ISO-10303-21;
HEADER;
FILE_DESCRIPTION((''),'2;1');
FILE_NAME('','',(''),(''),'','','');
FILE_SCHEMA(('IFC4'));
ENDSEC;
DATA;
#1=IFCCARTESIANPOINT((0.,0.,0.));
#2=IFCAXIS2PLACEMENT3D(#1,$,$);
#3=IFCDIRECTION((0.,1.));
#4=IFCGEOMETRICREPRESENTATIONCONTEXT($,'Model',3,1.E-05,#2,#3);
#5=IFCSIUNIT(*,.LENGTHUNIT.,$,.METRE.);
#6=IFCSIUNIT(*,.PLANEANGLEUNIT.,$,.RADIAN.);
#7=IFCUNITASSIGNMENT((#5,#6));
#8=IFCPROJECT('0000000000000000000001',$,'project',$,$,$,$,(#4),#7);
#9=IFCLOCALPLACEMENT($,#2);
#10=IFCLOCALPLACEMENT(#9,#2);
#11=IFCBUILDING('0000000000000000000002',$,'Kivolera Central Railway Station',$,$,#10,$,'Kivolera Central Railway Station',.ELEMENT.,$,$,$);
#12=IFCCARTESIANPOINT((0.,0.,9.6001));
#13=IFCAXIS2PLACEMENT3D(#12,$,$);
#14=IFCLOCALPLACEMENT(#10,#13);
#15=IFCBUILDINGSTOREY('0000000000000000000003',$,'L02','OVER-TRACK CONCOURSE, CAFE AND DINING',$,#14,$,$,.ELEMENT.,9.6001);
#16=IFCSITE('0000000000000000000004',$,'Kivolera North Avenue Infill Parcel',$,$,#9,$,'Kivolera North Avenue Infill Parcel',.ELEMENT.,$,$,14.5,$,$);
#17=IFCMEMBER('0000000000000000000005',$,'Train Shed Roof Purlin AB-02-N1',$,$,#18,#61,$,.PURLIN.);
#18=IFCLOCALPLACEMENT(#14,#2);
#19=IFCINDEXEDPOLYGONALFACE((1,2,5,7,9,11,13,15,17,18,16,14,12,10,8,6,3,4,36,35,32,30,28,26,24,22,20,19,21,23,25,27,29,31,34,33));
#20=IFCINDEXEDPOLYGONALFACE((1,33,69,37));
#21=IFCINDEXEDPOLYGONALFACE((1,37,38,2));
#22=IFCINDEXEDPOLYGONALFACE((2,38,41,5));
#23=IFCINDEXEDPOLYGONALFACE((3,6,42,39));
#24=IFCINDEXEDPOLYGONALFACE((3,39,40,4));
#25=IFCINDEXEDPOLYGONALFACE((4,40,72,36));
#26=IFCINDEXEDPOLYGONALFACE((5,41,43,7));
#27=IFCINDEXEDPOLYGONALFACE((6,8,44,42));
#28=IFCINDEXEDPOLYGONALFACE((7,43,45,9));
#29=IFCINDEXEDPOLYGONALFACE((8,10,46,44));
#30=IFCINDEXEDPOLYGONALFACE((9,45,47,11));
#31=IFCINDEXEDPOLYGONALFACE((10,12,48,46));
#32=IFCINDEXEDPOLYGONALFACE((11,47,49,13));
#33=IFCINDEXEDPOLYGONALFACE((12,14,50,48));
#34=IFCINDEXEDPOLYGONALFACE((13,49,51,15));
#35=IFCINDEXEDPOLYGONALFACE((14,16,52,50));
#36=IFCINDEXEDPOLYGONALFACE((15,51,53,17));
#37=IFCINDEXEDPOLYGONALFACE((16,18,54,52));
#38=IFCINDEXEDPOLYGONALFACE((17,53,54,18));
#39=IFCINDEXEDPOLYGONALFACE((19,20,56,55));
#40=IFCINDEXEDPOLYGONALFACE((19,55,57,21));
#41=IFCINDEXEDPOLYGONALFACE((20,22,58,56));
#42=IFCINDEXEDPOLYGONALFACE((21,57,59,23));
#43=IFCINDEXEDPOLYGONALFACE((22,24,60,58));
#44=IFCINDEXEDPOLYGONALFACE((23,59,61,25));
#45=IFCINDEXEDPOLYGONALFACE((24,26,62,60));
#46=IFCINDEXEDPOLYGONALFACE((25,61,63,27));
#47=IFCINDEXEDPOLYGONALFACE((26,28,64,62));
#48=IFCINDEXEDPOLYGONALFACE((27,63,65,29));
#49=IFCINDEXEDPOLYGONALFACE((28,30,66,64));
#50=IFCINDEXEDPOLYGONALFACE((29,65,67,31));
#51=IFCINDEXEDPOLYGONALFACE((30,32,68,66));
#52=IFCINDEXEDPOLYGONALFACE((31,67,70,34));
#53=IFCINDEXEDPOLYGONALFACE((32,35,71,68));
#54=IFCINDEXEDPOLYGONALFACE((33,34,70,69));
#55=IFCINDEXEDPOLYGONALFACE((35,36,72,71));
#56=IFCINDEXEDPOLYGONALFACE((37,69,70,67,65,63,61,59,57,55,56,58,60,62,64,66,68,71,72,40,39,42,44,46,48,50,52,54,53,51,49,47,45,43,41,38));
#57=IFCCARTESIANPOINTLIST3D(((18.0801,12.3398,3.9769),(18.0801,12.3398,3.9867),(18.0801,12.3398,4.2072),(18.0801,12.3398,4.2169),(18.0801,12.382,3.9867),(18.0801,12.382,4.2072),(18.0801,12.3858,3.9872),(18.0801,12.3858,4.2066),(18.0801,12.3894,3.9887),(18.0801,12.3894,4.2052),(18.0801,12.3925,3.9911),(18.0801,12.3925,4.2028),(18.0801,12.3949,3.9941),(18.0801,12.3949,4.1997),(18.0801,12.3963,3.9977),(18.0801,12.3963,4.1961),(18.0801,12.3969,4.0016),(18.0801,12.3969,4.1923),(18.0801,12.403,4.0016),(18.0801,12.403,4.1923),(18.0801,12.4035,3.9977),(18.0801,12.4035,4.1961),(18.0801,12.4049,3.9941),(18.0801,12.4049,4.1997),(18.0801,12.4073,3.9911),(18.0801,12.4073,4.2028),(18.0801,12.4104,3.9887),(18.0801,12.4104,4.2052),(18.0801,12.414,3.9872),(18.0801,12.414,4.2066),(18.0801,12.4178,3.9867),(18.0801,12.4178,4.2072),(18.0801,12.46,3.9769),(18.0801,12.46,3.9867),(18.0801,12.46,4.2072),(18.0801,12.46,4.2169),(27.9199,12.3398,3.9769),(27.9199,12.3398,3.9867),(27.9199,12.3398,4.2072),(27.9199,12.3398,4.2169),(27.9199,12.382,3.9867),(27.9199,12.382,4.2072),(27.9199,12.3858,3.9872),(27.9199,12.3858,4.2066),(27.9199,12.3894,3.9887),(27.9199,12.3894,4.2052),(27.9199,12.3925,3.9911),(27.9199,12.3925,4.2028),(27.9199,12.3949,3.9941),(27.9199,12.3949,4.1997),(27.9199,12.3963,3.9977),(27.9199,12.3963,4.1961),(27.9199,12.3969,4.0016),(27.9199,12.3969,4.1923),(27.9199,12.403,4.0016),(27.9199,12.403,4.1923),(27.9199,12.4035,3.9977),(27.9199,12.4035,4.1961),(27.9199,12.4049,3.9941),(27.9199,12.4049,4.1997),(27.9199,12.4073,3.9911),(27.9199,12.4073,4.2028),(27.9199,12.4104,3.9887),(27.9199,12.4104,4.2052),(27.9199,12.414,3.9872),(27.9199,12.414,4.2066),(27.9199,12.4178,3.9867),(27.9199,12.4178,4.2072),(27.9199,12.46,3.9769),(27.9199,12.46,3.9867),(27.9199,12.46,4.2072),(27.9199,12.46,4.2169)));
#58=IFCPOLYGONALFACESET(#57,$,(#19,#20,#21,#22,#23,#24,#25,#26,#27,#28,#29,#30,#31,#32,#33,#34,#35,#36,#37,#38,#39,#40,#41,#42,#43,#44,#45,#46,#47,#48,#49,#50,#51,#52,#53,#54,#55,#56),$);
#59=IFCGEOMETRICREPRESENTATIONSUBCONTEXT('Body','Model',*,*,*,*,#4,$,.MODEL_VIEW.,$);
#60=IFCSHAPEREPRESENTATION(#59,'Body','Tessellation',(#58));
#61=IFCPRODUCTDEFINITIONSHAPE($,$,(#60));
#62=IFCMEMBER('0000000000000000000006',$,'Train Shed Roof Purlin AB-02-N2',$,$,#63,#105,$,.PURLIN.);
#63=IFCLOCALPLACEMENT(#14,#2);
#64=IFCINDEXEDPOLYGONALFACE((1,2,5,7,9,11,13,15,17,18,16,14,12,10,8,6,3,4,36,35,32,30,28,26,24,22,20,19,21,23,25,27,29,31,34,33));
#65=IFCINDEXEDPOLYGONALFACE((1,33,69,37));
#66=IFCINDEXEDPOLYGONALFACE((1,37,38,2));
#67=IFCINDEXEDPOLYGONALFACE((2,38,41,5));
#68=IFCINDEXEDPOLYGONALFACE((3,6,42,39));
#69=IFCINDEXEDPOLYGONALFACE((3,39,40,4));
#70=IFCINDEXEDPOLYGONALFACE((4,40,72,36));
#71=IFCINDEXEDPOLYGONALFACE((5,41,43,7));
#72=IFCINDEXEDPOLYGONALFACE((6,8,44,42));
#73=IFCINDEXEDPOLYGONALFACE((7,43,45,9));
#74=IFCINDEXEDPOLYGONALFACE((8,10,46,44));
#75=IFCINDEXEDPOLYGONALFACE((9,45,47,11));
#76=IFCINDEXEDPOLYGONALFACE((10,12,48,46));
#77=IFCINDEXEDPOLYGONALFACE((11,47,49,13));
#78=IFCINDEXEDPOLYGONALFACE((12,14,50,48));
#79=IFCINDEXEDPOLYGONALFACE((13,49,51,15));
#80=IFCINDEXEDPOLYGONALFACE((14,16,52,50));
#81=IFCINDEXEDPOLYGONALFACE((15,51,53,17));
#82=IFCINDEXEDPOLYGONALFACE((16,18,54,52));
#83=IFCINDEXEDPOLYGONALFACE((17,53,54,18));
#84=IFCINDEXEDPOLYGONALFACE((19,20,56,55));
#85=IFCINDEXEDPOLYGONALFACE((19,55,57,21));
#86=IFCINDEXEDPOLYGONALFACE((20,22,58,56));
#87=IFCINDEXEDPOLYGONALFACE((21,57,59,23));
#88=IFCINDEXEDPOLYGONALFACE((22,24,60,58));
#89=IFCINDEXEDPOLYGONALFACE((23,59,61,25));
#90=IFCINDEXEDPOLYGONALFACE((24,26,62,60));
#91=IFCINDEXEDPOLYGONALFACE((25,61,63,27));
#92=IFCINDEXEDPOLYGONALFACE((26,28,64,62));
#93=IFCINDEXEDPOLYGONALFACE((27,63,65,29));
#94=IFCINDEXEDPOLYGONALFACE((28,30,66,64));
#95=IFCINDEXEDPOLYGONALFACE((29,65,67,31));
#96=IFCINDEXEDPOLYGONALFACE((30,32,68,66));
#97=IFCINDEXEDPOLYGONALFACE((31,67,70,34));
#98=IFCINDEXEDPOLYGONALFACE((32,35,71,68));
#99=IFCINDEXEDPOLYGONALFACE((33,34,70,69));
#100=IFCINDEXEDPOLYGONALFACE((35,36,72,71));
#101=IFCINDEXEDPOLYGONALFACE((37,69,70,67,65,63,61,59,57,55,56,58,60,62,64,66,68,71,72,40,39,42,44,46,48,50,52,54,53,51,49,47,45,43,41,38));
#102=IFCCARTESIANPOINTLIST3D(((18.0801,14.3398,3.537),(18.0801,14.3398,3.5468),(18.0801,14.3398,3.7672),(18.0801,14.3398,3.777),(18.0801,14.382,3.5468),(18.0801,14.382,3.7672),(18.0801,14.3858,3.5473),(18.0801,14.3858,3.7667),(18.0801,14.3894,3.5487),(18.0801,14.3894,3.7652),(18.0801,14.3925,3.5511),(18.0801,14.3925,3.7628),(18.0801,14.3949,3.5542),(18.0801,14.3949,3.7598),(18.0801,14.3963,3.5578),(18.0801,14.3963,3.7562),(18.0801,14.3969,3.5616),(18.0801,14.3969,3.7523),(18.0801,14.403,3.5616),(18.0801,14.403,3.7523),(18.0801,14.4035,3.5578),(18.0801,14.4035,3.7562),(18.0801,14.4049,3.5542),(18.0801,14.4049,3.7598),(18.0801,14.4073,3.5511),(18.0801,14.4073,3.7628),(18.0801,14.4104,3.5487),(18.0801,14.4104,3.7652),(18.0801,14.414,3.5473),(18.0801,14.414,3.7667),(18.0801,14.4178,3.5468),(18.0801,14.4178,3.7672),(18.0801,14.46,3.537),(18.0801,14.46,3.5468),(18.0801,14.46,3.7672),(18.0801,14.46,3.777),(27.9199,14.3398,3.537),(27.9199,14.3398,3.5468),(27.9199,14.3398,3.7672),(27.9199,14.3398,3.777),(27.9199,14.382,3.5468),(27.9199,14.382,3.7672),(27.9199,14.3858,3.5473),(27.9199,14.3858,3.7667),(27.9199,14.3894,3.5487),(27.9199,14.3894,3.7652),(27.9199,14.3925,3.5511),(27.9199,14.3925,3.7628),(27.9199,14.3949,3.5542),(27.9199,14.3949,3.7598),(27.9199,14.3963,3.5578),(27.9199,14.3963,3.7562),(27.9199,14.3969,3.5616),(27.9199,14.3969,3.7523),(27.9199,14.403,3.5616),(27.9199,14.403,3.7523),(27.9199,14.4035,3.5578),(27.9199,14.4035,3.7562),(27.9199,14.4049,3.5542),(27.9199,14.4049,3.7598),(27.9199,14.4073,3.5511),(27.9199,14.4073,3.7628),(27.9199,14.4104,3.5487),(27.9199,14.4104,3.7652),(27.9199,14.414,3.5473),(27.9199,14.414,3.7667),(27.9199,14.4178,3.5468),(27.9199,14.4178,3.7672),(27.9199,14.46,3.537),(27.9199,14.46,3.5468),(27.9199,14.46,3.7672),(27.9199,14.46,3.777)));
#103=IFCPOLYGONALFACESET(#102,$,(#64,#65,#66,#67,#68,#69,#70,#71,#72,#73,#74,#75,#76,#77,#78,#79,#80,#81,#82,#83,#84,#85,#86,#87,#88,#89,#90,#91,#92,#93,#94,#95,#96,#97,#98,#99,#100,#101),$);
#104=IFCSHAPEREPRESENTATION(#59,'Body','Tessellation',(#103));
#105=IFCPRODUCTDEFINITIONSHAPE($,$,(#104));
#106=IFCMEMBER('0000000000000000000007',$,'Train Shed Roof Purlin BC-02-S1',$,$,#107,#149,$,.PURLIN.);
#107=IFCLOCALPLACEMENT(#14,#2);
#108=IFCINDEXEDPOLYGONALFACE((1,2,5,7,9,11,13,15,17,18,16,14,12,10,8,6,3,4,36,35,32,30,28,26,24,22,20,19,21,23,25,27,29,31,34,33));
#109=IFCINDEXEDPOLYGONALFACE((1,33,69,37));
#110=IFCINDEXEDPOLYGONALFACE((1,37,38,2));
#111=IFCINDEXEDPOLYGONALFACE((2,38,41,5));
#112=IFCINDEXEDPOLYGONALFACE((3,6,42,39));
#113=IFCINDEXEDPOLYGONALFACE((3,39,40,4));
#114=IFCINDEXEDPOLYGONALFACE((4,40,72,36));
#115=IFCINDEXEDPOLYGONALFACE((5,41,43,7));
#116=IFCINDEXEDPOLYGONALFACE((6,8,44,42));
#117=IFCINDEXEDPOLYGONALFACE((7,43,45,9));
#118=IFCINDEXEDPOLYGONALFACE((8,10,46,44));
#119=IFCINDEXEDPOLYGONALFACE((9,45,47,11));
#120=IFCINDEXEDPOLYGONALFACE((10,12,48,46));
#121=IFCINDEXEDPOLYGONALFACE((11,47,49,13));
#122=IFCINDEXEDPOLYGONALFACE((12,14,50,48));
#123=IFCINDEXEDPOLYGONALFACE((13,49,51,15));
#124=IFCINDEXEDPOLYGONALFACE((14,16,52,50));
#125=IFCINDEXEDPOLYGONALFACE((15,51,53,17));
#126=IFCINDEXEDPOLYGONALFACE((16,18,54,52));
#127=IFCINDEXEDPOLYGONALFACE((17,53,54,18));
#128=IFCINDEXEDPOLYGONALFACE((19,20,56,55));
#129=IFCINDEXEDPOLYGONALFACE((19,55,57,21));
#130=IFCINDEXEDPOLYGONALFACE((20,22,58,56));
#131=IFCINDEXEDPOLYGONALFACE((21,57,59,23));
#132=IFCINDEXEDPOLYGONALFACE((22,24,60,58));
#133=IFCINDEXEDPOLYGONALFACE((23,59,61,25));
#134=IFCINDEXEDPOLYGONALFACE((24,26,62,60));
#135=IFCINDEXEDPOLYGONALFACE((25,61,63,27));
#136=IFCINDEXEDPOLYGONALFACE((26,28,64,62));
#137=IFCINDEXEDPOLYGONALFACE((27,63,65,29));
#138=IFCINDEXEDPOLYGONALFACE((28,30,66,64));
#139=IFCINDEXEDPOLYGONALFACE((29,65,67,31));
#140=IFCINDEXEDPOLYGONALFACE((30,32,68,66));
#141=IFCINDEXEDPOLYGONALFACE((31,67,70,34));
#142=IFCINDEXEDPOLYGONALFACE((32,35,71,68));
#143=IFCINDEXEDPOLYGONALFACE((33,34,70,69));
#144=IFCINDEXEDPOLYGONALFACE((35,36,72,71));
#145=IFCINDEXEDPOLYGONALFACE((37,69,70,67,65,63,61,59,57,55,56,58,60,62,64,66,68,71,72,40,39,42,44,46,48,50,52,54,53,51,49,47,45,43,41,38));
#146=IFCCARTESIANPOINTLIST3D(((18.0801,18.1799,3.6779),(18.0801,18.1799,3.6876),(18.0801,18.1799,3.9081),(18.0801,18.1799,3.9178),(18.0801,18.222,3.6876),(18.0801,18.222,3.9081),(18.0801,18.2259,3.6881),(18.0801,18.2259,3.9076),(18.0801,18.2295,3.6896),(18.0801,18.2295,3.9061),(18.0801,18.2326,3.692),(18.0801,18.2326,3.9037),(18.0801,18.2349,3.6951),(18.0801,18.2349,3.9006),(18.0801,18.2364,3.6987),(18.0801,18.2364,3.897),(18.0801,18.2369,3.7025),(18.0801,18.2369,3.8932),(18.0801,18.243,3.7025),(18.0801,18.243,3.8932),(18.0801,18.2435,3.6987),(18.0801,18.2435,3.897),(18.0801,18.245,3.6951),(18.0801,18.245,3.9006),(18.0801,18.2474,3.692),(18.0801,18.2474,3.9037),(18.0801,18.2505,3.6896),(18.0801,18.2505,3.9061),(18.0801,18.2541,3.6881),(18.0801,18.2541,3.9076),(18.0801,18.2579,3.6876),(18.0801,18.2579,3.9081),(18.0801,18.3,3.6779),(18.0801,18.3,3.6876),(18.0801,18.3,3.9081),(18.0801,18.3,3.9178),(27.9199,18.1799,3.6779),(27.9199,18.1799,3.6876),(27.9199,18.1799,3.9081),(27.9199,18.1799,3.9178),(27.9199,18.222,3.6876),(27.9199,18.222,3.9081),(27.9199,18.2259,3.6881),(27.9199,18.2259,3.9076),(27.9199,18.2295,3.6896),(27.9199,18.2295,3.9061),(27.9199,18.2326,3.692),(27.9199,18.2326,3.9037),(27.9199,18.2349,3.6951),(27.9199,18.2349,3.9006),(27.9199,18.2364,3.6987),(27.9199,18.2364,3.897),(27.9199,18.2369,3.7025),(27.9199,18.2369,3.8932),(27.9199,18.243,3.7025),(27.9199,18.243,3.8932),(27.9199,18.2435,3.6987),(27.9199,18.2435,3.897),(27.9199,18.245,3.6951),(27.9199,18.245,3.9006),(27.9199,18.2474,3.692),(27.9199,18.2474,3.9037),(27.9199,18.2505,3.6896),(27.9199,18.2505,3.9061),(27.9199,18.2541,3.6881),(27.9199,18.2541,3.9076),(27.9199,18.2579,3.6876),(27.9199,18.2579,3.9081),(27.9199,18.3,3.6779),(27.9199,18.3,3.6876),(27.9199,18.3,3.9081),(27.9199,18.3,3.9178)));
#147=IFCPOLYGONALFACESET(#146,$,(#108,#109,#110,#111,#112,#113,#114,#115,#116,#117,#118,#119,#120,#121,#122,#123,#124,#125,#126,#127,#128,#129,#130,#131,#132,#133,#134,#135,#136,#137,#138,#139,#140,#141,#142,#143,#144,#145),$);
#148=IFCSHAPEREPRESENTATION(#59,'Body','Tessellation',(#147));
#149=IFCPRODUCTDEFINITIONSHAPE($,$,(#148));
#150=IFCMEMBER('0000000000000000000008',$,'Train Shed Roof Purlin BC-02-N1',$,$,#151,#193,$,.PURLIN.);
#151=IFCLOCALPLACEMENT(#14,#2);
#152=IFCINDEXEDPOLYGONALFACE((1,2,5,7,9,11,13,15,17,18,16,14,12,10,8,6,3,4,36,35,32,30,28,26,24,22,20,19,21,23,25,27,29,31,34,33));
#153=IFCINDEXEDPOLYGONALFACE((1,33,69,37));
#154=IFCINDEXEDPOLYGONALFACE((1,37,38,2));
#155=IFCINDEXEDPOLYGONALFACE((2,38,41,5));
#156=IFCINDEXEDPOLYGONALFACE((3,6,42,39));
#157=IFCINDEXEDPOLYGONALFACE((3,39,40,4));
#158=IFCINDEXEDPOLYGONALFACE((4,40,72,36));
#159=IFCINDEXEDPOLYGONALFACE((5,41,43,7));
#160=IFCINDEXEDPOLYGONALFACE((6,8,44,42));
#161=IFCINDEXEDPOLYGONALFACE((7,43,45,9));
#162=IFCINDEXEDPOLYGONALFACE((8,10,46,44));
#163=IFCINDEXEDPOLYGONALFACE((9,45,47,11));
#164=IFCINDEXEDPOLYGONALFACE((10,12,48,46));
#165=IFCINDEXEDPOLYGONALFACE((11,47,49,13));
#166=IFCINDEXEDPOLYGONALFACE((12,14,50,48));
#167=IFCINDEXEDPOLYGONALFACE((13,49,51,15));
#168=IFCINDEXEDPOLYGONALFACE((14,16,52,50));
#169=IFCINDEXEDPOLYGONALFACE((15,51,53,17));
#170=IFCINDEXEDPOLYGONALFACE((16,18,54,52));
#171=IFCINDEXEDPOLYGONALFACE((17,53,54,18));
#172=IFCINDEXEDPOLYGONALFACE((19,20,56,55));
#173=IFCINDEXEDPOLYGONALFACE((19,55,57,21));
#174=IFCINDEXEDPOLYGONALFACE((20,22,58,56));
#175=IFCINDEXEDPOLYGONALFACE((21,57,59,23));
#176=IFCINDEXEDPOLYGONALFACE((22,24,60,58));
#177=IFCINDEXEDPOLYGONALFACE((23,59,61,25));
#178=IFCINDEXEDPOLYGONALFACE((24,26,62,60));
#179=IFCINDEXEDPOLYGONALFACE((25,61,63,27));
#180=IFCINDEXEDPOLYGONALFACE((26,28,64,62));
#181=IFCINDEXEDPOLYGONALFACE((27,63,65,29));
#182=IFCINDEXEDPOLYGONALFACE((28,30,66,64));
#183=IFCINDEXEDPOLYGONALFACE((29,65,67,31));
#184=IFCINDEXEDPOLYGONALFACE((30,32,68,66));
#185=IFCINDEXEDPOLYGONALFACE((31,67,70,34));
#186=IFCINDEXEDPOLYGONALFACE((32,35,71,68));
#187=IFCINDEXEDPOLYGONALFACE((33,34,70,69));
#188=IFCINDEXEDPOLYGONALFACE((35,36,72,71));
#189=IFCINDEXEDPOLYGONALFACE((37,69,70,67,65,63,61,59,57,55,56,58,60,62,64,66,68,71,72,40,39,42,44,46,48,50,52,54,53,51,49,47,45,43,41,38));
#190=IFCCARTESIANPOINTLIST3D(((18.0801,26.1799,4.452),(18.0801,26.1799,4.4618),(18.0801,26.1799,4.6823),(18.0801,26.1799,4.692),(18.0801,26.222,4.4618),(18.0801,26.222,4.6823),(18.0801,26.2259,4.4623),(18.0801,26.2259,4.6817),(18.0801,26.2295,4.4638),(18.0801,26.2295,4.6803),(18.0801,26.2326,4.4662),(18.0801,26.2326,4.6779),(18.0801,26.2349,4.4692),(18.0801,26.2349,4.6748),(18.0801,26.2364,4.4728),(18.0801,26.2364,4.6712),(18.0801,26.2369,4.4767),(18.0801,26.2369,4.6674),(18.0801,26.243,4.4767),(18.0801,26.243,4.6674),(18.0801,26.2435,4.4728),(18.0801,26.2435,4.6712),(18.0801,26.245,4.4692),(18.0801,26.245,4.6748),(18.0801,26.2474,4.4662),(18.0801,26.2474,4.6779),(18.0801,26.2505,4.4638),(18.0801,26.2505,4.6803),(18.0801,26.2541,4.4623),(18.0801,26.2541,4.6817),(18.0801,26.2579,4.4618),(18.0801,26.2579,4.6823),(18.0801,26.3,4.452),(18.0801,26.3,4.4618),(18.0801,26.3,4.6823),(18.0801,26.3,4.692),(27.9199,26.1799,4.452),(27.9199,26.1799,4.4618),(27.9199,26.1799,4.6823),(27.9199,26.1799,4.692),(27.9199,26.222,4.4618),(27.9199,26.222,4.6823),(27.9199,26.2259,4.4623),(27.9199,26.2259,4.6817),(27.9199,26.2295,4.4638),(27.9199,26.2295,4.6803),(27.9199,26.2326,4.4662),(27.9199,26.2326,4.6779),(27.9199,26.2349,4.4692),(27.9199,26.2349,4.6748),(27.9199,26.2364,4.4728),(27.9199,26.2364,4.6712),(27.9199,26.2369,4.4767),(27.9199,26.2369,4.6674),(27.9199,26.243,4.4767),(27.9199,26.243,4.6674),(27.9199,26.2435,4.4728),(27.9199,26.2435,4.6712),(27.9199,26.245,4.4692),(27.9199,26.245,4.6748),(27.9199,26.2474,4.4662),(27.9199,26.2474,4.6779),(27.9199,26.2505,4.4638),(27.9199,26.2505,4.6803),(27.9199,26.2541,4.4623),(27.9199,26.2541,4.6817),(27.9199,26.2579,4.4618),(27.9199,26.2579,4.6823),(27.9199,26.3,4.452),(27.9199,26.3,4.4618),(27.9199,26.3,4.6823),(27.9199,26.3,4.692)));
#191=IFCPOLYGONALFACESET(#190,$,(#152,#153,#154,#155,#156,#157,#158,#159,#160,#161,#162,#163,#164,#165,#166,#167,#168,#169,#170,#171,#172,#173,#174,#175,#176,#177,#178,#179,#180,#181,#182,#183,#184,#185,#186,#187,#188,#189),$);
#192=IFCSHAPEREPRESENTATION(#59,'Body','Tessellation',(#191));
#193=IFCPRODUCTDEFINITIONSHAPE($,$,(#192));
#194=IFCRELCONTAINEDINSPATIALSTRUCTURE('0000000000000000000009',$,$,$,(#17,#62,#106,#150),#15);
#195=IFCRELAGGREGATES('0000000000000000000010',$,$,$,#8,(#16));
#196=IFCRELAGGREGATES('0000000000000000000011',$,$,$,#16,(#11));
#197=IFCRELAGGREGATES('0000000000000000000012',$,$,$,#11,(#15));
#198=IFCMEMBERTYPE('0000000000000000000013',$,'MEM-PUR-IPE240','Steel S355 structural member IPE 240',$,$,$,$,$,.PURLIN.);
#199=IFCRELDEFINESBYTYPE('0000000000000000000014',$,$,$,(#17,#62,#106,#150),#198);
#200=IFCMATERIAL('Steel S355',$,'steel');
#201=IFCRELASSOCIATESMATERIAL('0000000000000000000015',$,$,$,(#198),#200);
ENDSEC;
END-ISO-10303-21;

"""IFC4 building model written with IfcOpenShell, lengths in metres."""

from ifc_helpers import new_model, si_unit, direction, frame, origin, origin_2d, place, context, subcontext, project, spatial, i_section, extrude, material, material_profile, profile_set, type_object, element, save


model = new_model("IFC4")

# Units and contexts
model_context = context("Model", 3, precision=1e-05, world=origin(), true_north=direction((0.0, 1.0)))
body_context = subcontext(model_context, "Body", "Model", "MODEL_VIEW")
ifc_project = project(units=[si_unit("LENGTHUNIT", "METRE"), si_unit("PLANEANGLEUNIT", "RADIAN")], contexts=[model_context])

# Site, building, storey
site_placement = place(None, origin())
site = spatial("IfcSite", under=ifc_project, at=site_placement, Name="Kivolera North Avenue Infill Parcel", LongName="Kivolera North Avenue Infill Parcel", CompositionType="ELEMENT", RefElevation=14.5)
building_placement = place(site_placement, origin())
building = spatial("IfcBuilding", under=site, at=building_placement, Name="Kivolera Central Railway Station", LongName="Kivolera Central Railway Station", CompositionType="ELEMENT")
storey_placement = place(building_placement, frame((0.0, 0.0, 9.6001)))
storey = spatial("IfcBuildingStorey", under=building, at=storey_placement, Name="L02", Description="OVER-TRACK CONCOURSE, CAFE AND DINING", CompositionType="ELEMENT", Elevation=9.6001)

# Shared definitions
ifc_material_1 = material(Name="Steel S355", Category="steel")

# Members
ifc_material_profile_1 = material_profile(ifc_material_1, i_section(OverallWidth=0.1201, OverallDepth=0.24, WebThickness=0.0061, FlangeThickness=0.0098, FilletRadius=0.0149, at=origin_2d()), Name="IPE 240")
ifc_profile_set_1 = profile_set([ifc_material_profile_1], Name="Steel S355")
member_type_1 = type_object("IfcMemberType", Name="MEM-PUR-IPE240", Description="Steel S355 structural member IPE 240", PredefinedType="PURLIN", material=ifc_profile_set_1)
for number, where, z_axis, x_axis, name in (
    (1, (18.0801, 12.3999, 4.0969), (1.0, 0.0, 0.0), (0.0, 1.0, 0.0), "Train Shed Roof Purlin AB-02-N1"),
    (2, (18.0801, 14.3999, 3.657), (1.0, 0.0, 0.0), (0.0, 1.0, 0.0), "Train Shed Roof Purlin AB-02-N2"),
    (3, (18.0801, 18.24, 3.7979), (1.0, 0.0, 0.0), (0.0, 1.0, 0.0), "Train Shed Roof Purlin BC-02-S1"),
    (4, (18.0801, 26.24, 4.572), (1.0, 0.0, 0.0), (0.0, 1.0, 0.0), "Train Shed Roof Purlin BC-02-N1"),
):
    element("IfcMember", number, at=place(storey_placement, frame(where, z_axis=z_axis, x_axis=x_axis)), inside=storey, type_object=member_type_1, Name=name, PredefinedType="PURLIN", context=body_context, shape_type="SweptSolid", body=[
        extrude(i_section(OverallWidth=0.1201, OverallDepth=0.24, WebThickness=0.0061, FlangeThickness=0.0098, FilletRadius=0.0149, at=origin_2d()), origin(), (0.0, 0.0, 1.0), 9.8398),
    ])

save(model, "model.ifc")
